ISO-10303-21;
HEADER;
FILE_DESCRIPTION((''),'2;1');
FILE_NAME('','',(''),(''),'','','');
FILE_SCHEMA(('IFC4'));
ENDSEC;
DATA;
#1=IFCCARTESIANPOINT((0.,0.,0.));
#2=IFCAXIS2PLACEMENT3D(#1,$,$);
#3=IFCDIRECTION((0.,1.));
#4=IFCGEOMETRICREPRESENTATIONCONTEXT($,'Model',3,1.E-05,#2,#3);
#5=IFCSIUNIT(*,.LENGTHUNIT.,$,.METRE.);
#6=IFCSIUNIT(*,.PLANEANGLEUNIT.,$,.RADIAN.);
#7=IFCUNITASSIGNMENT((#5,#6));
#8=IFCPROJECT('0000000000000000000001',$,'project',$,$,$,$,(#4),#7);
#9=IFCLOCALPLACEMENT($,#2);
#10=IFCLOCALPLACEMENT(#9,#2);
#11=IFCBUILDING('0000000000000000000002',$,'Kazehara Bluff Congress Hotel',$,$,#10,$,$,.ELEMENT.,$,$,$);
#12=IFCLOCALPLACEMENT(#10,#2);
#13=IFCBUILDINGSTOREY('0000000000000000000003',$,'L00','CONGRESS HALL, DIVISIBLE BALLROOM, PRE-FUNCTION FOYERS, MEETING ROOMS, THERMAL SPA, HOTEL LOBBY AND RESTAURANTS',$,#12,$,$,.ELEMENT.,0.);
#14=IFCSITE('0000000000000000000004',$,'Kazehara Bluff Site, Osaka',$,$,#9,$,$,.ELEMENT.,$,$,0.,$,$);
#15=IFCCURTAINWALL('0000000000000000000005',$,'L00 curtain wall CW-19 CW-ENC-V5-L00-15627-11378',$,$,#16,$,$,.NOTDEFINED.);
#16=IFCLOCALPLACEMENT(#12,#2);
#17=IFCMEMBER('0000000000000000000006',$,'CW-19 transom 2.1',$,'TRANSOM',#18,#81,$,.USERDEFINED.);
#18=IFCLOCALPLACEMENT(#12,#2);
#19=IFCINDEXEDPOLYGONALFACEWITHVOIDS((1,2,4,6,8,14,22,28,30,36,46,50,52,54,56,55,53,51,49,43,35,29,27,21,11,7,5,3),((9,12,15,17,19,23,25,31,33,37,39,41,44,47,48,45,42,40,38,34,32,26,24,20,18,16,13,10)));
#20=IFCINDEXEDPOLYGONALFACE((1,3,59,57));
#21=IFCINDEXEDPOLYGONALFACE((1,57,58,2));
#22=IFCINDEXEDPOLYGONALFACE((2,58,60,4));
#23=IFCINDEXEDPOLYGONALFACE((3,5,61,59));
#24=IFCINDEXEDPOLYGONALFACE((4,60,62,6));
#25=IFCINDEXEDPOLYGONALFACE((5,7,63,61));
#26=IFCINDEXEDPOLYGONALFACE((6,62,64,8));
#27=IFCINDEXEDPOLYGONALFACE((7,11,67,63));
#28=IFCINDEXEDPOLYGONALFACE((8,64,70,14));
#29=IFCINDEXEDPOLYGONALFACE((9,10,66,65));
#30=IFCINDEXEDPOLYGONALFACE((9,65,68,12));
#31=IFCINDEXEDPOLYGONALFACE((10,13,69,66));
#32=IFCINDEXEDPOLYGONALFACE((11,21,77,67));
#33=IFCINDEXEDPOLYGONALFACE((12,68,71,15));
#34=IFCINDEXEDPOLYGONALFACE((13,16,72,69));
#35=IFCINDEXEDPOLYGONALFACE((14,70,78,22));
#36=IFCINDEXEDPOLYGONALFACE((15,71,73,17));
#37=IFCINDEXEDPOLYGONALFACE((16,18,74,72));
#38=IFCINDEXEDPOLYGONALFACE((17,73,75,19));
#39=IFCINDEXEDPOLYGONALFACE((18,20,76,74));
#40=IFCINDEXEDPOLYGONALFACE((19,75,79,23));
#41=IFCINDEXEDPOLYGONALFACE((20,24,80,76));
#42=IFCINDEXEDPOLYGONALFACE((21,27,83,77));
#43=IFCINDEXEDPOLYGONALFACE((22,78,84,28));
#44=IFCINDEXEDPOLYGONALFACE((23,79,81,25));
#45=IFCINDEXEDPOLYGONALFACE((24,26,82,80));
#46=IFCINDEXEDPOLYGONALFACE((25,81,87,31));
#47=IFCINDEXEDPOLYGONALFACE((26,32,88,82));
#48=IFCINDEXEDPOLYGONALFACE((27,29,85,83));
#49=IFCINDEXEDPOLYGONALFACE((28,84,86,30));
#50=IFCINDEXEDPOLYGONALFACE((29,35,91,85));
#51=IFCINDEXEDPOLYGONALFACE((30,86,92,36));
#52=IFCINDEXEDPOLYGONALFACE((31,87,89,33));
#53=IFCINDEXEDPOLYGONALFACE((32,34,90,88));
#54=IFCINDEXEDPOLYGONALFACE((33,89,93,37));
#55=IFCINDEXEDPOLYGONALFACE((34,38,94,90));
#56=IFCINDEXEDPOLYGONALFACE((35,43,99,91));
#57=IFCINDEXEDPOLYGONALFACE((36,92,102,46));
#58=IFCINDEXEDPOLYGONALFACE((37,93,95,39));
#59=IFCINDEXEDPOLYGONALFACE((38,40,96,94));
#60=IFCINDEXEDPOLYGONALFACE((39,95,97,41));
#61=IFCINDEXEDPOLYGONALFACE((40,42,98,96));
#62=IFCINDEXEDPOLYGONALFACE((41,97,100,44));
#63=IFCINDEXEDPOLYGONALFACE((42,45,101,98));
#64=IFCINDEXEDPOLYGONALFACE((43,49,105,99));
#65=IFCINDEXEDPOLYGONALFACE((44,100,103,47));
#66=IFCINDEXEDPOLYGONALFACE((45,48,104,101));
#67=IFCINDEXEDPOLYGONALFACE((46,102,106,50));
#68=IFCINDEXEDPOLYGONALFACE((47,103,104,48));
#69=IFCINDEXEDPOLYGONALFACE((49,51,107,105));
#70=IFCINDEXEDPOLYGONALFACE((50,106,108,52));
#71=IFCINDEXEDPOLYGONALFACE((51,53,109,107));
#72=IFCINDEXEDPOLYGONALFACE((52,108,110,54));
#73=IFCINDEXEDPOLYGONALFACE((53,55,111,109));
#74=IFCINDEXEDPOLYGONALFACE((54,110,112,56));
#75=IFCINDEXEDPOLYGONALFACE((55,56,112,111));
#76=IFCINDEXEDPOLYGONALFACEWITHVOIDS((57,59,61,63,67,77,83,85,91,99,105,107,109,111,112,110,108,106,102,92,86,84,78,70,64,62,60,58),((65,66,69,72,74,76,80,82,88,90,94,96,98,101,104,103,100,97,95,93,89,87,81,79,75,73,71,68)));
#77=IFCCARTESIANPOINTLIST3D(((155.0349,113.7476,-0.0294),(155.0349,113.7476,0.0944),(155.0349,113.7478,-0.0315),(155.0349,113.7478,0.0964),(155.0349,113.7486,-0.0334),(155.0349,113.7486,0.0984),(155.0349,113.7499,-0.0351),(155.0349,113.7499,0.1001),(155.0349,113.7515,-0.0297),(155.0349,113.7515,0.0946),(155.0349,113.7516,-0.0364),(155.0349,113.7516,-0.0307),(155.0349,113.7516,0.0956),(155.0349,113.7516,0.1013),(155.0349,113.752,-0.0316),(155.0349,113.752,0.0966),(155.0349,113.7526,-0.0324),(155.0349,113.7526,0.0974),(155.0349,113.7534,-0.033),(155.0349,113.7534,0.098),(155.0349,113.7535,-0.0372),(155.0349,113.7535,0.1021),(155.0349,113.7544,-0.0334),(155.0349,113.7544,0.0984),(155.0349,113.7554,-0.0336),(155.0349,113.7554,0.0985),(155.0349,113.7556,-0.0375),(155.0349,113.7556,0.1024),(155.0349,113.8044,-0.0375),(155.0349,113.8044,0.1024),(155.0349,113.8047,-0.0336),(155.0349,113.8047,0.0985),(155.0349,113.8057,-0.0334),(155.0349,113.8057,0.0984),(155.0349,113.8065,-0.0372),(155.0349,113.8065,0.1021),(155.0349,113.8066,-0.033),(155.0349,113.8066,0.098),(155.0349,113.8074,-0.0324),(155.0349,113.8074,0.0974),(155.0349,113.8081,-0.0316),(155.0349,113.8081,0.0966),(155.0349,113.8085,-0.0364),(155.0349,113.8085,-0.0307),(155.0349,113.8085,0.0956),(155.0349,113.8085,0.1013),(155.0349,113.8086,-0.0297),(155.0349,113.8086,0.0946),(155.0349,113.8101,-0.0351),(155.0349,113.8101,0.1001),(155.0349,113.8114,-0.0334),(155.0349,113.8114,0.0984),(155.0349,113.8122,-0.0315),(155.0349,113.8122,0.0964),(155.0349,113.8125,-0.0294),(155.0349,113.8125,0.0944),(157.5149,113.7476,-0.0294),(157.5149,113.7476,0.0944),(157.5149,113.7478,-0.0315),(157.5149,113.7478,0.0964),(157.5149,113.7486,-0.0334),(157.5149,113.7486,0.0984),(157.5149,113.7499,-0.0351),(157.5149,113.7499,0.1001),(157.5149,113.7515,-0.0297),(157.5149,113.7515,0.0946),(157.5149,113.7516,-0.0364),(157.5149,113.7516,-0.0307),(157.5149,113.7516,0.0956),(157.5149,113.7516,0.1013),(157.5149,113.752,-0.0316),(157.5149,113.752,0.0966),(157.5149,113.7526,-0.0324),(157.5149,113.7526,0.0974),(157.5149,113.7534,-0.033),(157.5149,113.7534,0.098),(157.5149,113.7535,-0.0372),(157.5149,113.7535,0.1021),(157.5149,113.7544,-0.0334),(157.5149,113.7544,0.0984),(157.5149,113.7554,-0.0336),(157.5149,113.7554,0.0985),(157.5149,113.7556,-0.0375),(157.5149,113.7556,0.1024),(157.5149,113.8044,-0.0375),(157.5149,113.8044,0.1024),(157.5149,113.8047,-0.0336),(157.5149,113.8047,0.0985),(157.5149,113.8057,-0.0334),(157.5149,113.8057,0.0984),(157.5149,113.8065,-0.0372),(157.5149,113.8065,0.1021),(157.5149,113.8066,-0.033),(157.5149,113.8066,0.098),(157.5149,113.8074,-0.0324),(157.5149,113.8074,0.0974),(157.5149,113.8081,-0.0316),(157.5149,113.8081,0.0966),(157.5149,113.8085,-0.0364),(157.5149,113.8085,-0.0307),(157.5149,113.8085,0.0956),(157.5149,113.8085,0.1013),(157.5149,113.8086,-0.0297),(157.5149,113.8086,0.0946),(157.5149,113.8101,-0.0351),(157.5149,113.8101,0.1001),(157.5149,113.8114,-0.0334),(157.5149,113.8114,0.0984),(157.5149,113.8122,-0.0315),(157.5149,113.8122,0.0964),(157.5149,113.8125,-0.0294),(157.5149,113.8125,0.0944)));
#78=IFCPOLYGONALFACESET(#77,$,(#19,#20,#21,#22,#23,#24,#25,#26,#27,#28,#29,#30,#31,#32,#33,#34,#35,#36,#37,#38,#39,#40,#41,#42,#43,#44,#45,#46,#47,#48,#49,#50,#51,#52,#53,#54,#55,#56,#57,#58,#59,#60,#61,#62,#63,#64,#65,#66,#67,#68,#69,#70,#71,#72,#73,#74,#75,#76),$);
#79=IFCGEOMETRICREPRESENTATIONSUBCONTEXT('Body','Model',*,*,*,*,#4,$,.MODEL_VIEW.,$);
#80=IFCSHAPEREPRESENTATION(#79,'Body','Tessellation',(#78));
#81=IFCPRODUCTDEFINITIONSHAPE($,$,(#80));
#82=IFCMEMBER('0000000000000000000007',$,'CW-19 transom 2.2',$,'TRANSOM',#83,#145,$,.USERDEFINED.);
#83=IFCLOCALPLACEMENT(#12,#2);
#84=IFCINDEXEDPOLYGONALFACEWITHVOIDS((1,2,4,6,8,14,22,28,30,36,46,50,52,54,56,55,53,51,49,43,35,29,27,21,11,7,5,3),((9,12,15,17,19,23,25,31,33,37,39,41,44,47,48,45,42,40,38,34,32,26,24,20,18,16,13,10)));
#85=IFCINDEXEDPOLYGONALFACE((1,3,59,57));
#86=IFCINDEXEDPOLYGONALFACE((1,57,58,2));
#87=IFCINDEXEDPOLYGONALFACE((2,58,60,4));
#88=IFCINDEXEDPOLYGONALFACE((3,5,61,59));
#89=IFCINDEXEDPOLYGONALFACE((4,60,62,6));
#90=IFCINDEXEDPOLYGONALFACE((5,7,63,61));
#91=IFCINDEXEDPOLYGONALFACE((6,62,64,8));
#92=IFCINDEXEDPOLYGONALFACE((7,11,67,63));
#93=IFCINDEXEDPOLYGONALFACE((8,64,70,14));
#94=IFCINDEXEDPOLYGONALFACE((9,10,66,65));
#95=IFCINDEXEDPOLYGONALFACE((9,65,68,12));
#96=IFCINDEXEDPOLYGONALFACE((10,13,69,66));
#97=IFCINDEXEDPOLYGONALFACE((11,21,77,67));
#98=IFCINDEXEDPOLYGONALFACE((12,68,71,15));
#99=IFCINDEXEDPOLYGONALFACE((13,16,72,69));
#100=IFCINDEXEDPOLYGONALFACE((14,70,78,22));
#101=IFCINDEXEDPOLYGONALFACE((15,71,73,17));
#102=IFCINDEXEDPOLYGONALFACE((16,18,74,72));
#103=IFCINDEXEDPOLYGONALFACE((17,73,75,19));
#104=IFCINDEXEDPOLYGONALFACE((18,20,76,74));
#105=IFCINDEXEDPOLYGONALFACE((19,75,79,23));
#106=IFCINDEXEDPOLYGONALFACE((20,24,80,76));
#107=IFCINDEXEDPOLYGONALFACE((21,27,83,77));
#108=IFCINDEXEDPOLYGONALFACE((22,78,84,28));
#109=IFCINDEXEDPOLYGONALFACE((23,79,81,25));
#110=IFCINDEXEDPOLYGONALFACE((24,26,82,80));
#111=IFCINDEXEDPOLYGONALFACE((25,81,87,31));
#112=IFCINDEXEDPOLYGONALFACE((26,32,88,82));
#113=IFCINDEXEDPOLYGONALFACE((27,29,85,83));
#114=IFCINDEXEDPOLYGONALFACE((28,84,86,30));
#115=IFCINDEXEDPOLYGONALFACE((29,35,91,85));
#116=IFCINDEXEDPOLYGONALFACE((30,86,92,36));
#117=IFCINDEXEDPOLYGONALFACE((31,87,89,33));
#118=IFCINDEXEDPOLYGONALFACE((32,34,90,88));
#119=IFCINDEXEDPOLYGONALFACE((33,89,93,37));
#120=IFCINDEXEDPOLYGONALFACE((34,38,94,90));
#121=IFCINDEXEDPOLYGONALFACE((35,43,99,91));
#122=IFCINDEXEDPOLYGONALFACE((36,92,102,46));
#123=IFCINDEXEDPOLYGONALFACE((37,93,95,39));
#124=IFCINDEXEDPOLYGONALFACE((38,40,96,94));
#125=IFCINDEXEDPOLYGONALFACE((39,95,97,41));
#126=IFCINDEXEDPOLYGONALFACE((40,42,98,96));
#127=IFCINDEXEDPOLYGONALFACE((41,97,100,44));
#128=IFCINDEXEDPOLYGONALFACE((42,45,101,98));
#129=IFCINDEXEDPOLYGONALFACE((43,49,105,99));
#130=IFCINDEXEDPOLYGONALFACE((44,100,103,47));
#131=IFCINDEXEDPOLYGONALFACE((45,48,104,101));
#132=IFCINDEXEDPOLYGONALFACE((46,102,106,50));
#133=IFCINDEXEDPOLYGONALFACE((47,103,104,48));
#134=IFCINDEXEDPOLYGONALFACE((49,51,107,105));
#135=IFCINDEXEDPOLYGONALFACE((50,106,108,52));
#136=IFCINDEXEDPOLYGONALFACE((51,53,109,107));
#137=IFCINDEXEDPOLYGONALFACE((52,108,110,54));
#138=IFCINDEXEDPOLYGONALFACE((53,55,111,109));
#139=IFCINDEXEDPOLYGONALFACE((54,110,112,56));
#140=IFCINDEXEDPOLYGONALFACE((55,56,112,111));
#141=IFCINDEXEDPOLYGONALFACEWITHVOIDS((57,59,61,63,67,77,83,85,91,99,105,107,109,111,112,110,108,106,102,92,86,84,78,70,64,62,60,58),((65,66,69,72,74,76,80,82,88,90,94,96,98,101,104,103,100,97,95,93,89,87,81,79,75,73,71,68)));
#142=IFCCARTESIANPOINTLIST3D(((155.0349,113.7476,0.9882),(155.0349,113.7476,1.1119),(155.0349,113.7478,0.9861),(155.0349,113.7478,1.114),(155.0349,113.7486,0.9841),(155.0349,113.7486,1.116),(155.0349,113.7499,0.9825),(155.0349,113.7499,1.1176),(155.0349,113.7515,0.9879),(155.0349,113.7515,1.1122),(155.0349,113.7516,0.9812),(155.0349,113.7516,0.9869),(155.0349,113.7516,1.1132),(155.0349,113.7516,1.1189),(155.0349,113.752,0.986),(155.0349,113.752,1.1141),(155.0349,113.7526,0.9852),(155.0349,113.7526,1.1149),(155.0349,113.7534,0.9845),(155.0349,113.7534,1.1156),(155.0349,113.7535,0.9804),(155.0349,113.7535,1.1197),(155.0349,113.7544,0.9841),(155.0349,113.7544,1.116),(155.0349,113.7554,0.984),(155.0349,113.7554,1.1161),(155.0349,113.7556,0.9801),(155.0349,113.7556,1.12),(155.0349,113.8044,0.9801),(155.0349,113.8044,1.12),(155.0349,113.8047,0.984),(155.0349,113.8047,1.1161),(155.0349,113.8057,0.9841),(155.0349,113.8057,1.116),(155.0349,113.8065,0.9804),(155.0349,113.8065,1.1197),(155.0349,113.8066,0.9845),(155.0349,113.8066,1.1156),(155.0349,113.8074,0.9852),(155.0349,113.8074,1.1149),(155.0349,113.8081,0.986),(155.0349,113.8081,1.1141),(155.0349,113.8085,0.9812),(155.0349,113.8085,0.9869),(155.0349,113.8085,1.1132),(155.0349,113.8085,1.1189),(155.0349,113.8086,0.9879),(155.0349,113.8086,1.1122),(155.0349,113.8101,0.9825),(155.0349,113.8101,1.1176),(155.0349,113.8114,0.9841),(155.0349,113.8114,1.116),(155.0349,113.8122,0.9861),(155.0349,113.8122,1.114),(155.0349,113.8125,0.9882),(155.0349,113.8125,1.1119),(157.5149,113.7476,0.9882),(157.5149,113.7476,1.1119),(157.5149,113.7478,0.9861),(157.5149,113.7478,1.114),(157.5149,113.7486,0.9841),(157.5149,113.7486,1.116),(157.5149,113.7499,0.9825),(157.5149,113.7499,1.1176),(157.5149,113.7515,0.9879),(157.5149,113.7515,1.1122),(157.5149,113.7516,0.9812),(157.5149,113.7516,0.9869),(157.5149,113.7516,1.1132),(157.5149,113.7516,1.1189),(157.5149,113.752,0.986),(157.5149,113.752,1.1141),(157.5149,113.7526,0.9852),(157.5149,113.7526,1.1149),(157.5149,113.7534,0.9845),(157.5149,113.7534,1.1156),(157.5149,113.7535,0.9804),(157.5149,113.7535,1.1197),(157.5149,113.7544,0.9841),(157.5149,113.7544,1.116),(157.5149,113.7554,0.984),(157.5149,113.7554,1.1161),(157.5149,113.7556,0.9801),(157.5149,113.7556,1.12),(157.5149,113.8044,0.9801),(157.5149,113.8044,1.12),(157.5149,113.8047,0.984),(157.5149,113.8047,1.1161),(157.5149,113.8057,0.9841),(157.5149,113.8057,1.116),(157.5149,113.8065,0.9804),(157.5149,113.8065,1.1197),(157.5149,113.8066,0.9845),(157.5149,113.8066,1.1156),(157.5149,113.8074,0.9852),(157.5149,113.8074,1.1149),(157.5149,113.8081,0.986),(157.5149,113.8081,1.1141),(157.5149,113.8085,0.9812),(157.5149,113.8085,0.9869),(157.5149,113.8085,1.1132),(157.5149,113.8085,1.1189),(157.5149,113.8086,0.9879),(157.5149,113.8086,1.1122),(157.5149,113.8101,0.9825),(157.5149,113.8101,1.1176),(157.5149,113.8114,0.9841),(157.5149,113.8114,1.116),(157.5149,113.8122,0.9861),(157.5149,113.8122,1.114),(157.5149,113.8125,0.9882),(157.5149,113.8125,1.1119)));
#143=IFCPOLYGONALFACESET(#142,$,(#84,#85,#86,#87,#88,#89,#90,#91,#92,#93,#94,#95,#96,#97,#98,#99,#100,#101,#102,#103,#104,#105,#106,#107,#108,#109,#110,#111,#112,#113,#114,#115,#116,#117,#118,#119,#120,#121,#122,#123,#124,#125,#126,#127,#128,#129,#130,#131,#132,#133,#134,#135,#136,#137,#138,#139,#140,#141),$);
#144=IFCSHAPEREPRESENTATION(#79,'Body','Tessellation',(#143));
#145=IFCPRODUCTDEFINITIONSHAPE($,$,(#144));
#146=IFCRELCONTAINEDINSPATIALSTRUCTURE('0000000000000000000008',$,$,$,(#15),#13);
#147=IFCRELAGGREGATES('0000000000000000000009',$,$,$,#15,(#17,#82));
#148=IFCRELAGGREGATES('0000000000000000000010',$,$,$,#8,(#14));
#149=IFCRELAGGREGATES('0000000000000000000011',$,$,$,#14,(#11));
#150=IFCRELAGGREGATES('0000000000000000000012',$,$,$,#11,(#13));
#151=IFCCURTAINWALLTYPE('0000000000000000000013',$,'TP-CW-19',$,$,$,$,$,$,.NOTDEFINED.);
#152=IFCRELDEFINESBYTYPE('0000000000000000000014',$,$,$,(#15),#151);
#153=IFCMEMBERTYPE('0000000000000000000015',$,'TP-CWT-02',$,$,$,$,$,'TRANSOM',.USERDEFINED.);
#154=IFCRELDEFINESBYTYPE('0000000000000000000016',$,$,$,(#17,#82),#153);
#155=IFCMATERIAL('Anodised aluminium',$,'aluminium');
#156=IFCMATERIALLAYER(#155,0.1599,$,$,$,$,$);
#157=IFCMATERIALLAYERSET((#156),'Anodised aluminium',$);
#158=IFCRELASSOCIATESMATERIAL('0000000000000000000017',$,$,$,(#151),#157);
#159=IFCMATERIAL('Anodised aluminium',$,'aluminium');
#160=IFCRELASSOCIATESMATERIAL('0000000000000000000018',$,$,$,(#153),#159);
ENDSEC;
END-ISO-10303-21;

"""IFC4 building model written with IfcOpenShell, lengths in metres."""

from ifc_helpers import new_model, si_unit, direction, frame, origin, origin_2d, place, context, subcontext, project, spatial, hollow_rectangle, extrude, material, layer, layer_set, material_profile, profile_set, type_object, element, aggregate, save


model = new_model("IFC4")

# Units and contexts
model_context = context("Model", 3, precision=1e-05, world=origin(), true_north=direction((0.0, 1.0)))
body_context = subcontext(model_context, "Body", "Model", "MODEL_VIEW")
ifc_project = project(units=[si_unit("LENGTHUNIT", "METRE"), si_unit("PLANEANGLEUNIT", "RADIAN")], contexts=[model_context])

# Site, building, storey
site_placement = place(None, origin())
site = spatial("IfcSite", under=ifc_project, at=site_placement, Name="Kazehara Bluff Site, Osaka", CompositionType="ELEMENT", RefElevation=0.0)
building_placement = place(site_placement, origin())
building = spatial("IfcBuilding", under=site, at=building_placement, Name="Kazehara Bluff Congress Hotel", CompositionType="ELEMENT")
storey_placement = place(building_placement, origin())
storey = spatial("IfcBuildingStorey", under=building, at=storey_placement, Name="L00", Description="CONGRESS HALL, DIVISIBLE BALLROOM, PRE-FUNCTION FOYERS, MEETING ROOMS, THERMAL SPA, HOTEL LOBBY AND RESTAURANTS", CompositionType="ELEMENT", Elevation=0.0)

# Shared definitions
ifc_material_1 = material(Name="Anodised aluminium", Category="aluminium")
ifc_layer_1 = layer(ifc_material_1, 0.1599)
ifc_layer_set_1 = layer_set([ifc_layer_1], Name="Anodised aluminium")
curtain_wall_type = type_object("IfcCurtainWallType", Name="TP-CW-19", PredefinedType="NOTDEFINED", material=ifc_layer_set_1)

# Curtain wall, members
curtain_wall_1_placement = place(storey_placement, origin())
curtain_wall_1 = element("IfcCurtainWall", 1, at=curtain_wall_1_placement, inside=storey, type_object=curtain_wall_type, Name="L00 curtain wall CW-19 CW-ENC-V5-L00-15627-11378", PredefinedType="NOTDEFINED")
ifc_material_2 = material(Name="Anodised aluminium", Category="aluminium")
ifc_material_profile_1 = material_profile(ifc_material_2, hollow_rectangle(XDim=0.0649, YDim=0.1399, WallThickness=0.0039, InnerFilletRadius=0.0039, OuterFilletRadius=0.0081, at=origin_2d()))
ifc_profile_set_1 = profile_set([ifc_material_profile_1], Name="Anodised aluminium")
member_type_1 = type_object("IfcMemberType", Name="TP-CWT-02", ElementType="TRANSOM", PredefinedType="USERDEFINED", material=ifc_profile_set_1)
member_1_placement = place(storey_placement, frame((155.0349, 113.78, 0.0325), z_axis=(1.0, 0.0, 0.0), x_axis=(0.0, 1.0, 0.0)))
member_1 = element("IfcMember", 2, at=member_1_placement, type_object=member_type_1, Name="CW-19 transom 2.1", ObjectType="TRANSOM", PredefinedType="USERDEFINED", context=body_context, shape_type="SweptSolid", body=[
    extrude(hollow_rectangle(XDim=0.0649, YDim=0.1399, WallThickness=0.0039, InnerFilletRadius=0.0039, OuterFilletRadius=0.0081, at=origin_2d()), origin(), (0.0, 0.0, 1.0), 2.48),
])
member_2_placement = place(storey_placement, frame((155.0349, 113.78, 1.05), z_axis=(1.0, 0.0, 0.0), x_axis=(0.0, 1.0, 0.0)))
member_2 = element("IfcMember", 3, at=member_2_placement, type_object=member_type_1, Name="CW-19 transom 2.2", ObjectType="TRANSOM", PredefinedType="USERDEFINED", context=body_context, shape_type="SweptSolid", body=[
    extrude(hollow_rectangle(XDim=0.0649, YDim=0.1399, WallThickness=0.0039, InnerFilletRadius=0.0039, OuterFilletRadius=0.0081, at=origin_2d()), origin(), (0.0, 0.0, 1.0), 2.48),
])

aggregate(curtain_wall_1, [member_1, member_2])

save(model, "model.ifc")
